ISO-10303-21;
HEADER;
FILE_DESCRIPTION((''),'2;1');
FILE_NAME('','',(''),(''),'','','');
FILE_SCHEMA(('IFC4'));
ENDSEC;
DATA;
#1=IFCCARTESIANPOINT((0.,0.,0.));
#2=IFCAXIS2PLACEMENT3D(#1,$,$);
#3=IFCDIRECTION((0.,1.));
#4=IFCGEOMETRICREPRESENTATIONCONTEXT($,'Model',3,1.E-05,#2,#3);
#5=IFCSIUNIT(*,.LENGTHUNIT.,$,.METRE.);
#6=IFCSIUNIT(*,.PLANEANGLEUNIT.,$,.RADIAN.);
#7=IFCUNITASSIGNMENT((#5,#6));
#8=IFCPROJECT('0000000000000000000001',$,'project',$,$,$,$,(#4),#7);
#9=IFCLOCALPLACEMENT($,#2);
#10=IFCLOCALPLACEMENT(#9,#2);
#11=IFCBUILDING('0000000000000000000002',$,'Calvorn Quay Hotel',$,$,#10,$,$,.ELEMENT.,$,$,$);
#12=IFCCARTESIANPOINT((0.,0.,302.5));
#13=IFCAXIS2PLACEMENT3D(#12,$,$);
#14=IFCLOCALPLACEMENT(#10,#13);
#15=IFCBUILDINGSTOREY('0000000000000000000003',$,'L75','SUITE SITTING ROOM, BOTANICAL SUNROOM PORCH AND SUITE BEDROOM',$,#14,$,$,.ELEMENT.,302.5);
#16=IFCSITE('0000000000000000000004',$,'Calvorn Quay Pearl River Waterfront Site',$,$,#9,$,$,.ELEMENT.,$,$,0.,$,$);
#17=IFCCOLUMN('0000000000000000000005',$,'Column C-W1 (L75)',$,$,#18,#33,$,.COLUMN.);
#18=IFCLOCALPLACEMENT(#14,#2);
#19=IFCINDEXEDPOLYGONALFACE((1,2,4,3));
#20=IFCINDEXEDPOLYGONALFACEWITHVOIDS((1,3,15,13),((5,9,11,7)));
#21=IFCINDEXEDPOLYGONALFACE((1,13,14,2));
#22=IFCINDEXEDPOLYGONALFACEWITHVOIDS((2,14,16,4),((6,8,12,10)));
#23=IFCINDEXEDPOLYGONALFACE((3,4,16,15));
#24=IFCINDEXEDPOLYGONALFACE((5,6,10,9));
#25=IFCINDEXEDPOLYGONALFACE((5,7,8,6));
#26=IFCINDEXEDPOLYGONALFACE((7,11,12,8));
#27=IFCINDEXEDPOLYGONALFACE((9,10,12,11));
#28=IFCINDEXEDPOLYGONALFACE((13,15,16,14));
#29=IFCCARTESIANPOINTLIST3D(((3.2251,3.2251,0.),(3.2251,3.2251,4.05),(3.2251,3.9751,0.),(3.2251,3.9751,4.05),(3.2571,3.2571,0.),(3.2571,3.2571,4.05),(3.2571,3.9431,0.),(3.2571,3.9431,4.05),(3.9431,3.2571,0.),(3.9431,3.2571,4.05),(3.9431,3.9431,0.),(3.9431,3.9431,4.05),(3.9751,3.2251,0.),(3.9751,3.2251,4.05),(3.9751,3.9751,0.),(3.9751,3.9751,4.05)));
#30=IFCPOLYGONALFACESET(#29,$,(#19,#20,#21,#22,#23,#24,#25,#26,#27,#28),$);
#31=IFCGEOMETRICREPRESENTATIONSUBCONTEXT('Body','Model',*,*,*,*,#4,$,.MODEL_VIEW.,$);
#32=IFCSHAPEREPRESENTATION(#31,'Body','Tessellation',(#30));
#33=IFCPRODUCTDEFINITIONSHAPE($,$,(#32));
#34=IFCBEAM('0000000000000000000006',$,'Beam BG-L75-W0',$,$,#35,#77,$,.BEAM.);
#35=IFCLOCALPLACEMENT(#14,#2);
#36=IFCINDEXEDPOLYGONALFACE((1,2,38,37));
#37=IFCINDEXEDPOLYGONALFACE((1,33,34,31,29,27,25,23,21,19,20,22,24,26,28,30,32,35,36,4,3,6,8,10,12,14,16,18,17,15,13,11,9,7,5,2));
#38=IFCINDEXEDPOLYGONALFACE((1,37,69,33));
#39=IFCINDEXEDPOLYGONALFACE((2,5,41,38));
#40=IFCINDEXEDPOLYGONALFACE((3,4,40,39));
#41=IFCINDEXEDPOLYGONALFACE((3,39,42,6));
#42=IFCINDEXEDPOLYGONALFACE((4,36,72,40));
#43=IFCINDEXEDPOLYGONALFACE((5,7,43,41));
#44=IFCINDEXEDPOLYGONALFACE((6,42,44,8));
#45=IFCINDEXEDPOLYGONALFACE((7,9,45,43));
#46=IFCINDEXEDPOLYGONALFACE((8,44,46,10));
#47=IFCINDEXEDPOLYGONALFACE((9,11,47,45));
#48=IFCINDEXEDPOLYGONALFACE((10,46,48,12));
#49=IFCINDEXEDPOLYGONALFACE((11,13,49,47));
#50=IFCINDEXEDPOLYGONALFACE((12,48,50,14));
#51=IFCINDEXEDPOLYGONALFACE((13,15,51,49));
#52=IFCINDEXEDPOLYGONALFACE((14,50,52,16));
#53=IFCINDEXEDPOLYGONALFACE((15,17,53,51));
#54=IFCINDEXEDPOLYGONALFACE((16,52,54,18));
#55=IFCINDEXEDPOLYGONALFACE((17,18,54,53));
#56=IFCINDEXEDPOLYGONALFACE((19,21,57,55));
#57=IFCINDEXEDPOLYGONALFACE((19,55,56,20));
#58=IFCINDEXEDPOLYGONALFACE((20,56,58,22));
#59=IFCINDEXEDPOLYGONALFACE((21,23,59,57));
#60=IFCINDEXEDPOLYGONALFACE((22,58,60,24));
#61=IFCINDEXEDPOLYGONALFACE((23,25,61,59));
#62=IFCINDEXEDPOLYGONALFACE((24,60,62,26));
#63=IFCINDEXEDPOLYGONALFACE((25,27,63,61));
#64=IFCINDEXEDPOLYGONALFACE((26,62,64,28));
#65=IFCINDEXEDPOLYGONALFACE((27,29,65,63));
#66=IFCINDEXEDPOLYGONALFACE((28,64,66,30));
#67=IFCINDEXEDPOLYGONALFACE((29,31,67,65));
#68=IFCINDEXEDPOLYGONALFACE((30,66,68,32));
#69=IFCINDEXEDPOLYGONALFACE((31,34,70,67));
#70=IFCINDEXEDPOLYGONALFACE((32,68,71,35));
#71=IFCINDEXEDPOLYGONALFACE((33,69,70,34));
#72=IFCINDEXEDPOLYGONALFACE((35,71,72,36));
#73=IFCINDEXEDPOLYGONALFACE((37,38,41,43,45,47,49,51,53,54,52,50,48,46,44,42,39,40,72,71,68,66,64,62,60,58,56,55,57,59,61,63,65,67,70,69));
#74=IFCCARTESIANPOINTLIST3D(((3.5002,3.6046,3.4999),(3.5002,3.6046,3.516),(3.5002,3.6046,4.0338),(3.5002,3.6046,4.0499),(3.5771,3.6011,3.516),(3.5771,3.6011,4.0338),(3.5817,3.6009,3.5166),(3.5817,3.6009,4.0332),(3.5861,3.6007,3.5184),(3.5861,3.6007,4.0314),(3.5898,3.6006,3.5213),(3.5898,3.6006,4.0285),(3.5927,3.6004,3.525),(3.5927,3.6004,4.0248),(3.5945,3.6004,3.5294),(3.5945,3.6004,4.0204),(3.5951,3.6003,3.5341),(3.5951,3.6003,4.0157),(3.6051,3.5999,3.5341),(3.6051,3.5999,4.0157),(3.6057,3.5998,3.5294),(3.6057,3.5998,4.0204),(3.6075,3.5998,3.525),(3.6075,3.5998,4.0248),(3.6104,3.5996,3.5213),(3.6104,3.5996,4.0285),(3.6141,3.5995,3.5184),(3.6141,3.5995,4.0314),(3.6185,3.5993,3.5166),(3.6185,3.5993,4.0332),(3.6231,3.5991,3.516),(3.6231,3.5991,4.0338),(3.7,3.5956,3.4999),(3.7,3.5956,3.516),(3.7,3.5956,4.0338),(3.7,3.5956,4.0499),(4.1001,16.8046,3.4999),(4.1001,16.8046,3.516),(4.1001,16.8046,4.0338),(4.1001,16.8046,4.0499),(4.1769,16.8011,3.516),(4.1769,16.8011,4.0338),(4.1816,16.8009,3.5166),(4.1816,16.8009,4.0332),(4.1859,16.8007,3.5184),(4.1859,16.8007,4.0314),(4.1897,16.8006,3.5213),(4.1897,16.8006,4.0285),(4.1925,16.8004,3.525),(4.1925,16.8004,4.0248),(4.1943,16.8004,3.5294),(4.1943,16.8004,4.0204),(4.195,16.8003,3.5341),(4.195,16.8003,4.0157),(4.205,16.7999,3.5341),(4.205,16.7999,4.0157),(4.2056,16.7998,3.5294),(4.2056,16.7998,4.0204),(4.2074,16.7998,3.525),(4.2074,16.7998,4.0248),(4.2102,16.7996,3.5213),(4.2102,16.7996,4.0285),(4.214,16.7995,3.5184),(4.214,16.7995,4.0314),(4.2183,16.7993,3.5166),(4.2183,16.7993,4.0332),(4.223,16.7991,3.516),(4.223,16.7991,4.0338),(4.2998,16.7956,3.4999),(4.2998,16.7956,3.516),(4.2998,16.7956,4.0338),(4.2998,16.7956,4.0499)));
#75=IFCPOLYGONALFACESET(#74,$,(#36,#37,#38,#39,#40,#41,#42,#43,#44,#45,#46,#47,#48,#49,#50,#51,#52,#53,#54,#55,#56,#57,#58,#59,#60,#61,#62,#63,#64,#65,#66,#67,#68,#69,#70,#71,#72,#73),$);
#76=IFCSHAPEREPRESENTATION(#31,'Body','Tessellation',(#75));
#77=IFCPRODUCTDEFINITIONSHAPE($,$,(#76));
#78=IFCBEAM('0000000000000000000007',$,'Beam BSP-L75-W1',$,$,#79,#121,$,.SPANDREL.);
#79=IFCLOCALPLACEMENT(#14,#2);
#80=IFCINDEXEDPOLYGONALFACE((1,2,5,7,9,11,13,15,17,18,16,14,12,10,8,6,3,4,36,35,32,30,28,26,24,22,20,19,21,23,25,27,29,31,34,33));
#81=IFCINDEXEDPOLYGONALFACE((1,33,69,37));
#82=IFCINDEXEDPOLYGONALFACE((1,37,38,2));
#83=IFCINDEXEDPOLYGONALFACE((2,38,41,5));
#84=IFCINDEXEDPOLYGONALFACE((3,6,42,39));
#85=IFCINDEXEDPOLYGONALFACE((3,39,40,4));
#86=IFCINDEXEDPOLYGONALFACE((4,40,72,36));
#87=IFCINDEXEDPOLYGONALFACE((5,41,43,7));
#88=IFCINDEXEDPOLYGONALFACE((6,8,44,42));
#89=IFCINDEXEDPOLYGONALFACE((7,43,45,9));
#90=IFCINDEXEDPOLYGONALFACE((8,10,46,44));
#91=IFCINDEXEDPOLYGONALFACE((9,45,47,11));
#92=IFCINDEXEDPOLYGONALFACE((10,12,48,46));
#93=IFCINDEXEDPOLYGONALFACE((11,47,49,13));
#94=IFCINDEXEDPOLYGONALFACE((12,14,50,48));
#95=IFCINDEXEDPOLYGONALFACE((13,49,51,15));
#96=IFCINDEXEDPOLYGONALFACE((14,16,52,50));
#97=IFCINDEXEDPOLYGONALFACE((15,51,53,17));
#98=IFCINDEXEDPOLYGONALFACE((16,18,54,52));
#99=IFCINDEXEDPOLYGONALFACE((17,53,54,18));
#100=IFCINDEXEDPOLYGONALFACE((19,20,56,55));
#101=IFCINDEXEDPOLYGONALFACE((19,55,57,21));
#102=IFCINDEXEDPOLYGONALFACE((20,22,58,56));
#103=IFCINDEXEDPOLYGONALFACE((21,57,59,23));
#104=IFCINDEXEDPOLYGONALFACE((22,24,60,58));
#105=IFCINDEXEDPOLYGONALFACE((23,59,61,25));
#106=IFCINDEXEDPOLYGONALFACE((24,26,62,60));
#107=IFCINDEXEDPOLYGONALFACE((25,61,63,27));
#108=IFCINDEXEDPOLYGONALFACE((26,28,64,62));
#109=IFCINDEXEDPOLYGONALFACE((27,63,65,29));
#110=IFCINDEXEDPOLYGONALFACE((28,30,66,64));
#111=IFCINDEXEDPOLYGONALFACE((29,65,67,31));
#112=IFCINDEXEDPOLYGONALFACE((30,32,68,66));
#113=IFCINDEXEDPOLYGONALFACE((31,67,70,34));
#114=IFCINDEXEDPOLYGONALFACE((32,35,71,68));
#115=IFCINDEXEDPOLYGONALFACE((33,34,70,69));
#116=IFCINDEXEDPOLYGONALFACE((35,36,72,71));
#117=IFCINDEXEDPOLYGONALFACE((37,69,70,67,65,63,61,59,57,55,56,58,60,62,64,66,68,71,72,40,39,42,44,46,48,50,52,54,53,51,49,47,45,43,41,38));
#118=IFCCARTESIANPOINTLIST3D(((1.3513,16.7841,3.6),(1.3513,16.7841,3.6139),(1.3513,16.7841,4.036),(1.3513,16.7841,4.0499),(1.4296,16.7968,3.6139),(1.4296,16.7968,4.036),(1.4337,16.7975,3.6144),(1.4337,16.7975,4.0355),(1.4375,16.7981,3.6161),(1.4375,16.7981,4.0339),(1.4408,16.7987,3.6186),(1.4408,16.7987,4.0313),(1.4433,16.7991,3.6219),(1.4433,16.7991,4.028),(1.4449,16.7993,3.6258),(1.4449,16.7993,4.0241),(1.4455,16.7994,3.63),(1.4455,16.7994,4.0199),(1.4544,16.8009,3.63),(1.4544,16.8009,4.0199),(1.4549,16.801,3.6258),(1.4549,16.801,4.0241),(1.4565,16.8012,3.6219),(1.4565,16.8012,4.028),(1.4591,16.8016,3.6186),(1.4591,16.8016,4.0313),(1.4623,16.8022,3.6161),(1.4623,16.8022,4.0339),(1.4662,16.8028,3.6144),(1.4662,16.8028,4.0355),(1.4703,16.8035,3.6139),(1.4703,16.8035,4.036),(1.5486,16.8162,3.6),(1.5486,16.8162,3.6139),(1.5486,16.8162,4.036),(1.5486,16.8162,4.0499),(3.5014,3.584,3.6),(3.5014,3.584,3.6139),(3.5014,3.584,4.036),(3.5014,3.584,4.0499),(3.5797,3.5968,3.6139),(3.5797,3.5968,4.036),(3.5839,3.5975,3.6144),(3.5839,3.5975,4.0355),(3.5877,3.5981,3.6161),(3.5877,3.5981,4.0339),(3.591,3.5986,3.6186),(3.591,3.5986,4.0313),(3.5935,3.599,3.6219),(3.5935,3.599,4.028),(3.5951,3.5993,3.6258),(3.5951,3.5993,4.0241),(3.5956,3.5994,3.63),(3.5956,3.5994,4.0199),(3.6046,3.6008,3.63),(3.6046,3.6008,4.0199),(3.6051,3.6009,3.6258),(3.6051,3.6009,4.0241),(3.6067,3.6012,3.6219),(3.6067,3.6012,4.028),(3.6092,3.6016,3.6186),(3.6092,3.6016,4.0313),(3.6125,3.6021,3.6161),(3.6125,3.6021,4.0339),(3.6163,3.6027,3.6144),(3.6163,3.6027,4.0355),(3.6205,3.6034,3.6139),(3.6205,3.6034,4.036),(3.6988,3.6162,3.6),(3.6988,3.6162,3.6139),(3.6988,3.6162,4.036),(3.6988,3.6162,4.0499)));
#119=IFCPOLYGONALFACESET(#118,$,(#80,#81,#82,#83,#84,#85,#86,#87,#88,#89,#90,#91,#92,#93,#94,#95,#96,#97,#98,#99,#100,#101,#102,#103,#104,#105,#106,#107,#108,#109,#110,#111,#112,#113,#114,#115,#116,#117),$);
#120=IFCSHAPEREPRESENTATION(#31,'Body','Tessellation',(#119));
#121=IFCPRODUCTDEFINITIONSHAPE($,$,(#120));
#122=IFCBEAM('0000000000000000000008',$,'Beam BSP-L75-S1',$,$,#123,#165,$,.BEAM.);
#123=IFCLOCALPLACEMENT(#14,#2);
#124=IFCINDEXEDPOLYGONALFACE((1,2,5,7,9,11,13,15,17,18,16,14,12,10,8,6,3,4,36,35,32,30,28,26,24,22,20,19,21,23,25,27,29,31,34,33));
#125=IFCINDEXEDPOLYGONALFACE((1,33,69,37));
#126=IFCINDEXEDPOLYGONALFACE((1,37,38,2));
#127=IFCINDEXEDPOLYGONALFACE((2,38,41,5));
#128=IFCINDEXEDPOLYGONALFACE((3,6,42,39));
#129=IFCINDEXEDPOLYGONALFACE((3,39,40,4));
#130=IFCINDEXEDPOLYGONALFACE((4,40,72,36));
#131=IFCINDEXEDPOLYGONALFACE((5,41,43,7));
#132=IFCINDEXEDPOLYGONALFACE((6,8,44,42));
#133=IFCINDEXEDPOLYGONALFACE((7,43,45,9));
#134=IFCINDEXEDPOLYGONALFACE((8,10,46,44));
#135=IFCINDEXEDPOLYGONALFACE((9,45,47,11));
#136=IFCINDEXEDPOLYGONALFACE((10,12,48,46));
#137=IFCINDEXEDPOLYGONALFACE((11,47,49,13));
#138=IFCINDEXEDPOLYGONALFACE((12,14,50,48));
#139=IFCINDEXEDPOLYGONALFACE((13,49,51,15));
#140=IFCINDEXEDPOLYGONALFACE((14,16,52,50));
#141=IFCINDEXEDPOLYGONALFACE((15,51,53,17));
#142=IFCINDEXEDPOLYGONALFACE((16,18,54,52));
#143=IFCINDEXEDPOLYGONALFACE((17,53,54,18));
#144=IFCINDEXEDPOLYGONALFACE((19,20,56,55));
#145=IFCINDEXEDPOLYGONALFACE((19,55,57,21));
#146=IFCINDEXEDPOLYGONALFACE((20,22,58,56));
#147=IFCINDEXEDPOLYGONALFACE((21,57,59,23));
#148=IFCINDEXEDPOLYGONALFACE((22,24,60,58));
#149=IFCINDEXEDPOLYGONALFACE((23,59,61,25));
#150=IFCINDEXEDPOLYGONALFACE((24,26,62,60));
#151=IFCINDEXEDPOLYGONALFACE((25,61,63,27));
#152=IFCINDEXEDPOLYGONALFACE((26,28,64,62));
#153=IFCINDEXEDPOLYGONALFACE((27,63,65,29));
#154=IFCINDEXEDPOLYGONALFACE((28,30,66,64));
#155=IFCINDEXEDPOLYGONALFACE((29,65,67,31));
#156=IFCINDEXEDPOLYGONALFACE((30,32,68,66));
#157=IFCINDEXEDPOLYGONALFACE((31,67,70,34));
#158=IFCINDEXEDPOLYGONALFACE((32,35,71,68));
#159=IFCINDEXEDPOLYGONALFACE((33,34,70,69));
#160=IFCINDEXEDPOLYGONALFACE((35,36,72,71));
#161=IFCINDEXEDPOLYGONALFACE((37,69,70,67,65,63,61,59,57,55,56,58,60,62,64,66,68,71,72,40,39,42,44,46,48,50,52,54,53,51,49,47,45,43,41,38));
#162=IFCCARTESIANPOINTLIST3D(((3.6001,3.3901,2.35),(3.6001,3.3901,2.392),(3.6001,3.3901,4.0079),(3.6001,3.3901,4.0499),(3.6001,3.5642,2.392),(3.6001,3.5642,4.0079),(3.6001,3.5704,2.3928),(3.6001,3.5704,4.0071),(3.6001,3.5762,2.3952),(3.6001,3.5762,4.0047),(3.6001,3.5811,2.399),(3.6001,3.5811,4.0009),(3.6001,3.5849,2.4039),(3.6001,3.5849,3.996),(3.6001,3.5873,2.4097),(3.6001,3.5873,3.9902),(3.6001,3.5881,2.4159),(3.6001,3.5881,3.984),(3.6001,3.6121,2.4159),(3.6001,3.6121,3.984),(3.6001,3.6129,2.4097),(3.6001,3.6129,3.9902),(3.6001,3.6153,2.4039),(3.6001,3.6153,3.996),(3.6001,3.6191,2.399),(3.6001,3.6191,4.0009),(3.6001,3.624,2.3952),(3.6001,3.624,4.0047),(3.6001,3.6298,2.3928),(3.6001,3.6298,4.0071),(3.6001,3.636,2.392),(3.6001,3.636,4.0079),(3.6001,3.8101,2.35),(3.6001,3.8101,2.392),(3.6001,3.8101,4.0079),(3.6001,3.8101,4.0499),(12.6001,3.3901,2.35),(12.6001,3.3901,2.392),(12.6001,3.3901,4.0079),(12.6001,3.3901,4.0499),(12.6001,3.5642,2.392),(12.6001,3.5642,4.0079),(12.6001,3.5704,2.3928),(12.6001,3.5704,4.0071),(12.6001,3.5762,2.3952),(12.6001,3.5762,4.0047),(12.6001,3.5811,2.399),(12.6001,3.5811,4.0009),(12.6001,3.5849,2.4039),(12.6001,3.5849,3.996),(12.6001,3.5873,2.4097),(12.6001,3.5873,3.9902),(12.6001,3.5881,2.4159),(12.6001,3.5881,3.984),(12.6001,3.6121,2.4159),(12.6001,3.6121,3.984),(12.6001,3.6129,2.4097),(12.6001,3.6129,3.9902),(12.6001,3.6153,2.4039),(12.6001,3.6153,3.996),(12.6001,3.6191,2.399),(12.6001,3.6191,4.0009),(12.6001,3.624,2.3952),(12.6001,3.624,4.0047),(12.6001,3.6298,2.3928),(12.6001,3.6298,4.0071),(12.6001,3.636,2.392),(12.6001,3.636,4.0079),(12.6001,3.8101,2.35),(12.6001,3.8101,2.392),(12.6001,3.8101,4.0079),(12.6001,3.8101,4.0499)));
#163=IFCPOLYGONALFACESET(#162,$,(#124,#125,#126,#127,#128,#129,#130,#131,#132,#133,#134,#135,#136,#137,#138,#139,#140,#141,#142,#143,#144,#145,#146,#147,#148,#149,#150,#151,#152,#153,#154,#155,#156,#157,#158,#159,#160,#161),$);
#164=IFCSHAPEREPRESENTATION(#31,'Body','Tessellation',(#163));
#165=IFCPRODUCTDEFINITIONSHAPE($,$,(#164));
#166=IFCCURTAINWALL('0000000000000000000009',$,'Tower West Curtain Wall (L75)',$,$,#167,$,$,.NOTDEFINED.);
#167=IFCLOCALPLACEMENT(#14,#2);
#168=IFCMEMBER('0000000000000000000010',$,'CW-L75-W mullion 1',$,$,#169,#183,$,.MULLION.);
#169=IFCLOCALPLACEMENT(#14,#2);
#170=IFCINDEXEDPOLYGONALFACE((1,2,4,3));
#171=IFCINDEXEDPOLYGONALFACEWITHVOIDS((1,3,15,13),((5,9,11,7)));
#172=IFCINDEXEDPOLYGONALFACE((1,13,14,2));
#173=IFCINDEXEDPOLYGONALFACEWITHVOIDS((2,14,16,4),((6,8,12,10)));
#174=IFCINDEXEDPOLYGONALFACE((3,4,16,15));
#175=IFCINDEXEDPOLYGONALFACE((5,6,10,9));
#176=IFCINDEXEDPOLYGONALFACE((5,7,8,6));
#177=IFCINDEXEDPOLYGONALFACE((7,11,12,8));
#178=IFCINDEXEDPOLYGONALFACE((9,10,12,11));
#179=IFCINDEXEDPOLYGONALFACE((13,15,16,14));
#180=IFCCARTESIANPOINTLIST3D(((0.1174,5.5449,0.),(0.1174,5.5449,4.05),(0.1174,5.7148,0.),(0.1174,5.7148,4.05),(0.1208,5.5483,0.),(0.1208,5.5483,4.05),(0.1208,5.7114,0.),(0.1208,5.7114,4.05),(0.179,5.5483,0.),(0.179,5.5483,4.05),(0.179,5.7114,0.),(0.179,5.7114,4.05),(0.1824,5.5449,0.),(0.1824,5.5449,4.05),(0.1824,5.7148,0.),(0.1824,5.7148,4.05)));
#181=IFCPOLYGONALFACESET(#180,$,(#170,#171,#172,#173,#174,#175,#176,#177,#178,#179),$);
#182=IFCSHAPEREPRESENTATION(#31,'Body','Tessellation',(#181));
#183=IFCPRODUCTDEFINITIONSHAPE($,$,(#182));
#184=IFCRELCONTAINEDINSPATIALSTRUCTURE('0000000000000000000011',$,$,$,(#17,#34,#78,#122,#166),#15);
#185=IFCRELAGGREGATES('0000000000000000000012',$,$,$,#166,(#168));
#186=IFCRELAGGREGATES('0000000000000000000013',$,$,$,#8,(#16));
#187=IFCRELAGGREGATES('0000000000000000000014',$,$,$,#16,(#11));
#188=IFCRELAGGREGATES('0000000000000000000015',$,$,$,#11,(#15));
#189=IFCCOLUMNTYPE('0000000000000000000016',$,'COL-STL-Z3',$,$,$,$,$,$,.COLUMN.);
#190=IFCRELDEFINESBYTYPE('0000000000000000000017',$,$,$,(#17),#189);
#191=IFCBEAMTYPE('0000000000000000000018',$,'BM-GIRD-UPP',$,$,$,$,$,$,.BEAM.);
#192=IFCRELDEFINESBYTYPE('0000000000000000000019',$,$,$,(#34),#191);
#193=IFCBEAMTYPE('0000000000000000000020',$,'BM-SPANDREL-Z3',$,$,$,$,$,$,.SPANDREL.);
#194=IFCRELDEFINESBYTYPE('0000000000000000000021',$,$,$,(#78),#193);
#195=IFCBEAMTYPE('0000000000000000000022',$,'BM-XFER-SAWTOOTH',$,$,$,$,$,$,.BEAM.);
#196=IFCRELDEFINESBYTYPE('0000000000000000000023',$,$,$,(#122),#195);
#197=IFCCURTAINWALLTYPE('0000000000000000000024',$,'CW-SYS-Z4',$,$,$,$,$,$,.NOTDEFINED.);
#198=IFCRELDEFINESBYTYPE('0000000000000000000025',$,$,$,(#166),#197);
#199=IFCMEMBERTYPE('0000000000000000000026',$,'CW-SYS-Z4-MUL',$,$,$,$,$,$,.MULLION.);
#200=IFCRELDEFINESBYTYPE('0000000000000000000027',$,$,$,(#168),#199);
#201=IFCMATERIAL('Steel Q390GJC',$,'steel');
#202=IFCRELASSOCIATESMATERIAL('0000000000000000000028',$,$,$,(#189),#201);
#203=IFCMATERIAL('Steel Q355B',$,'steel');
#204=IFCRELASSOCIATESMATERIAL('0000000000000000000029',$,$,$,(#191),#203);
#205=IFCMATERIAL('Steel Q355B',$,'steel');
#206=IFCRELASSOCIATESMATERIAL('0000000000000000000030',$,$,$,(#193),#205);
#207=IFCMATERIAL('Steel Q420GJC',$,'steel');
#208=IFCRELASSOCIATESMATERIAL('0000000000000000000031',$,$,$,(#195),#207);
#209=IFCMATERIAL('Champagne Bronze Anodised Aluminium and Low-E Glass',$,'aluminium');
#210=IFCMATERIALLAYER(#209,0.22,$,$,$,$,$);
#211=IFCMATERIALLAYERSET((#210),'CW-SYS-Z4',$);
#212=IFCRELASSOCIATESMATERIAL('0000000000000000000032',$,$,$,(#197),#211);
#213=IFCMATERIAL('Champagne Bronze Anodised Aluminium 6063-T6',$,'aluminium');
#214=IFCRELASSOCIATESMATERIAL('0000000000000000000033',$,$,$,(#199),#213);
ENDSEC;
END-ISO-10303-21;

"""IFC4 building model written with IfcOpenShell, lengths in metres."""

from ifc_helpers import new_model, si_unit, direction, frame, origin, origin_2d, place, context, subcontext, project, spatial, hollow_rectangle, i_section, extrude, material, layer, layer_set, material_profile, profile_set, type_object, element, aggregate, save


model = new_model("IFC4")

# Units and contexts
model_context = context("Model", 3, precision=1e-05, world=origin(), true_north=direction((0.0, 1.0)))
body_context = subcontext(model_context, "Body", "Model", "MODEL_VIEW")
ifc_project = project(units=[si_unit("LENGTHUNIT", "METRE"), si_unit("PLANEANGLEUNIT", "RADIAN")], contexts=[model_context])

# Site, building, storey
site_placement = place(None, origin())
site = spatial("IfcSite", under=ifc_project, at=site_placement, Name="Calvorn Quay Pearl River Waterfront Site", CompositionType="ELEMENT", RefElevation=0.0)
building_placement = place(site_placement, origin())
building = spatial("IfcBuilding", under=site, at=building_placement, Name="Calvorn Quay Hotel", CompositionType="ELEMENT")
storey_placement = place(building_placement, frame((0.0, 0.0, 302.5)))
storey = spatial("IfcBuildingStorey", under=building, at=storey_placement, Name="L75", Description="SUITE SITTING ROOM, BOTANICAL SUNROOM PORCH AND SUITE BEDROOM", CompositionType="ELEMENT", Elevation=302.5)

# Column
ifc_material_1 = material(Name="Steel Q390GJC", Category="steel")
ifc_material_profile_1 = material_profile(ifc_material_1, hollow_rectangle(XDim=0.75, YDim=0.75, WallThickness=0.032, at=origin_2d()), Name="BOX750x750x32")
ifc_profile_set_1 = profile_set([ifc_material_profile_1], Name="Steel Q390GJC")
column_type = type_object("IfcColumnType", Name="COL-STL-Z3", PredefinedType="COLUMN", material=ifc_profile_set_1)
column_placement = place(storey_placement, frame((3.6001, 3.6001, 0.0), z_axis=(0.0, 0.0, 1.0), x_axis=(1.0, 0.0, 0.0)))
element("IfcColumn", 1, at=column_placement, inside=storey, type_object=column_type, Name="Column C-W1 (L75)", PredefinedType="COLUMN", context=body_context, shape_type="SweptSolid", body=[
    extrude(hollow_rectangle(XDim=0.75, YDim=0.75, WallThickness=0.032, at=origin_2d()), origin(), (0.0, 0.0, 1.0), 4.05),
])

# Beams
ifc_material_2 = material(Name="Steel Q355B", Category="steel")
ifc_material_profile_2 = material_profile(ifc_material_2, i_section(OverallWidth=0.2, OverallDepth=0.55, WebThickness=0.01, FlangeThickness=0.0161, FilletRadius=0.0181, at=origin_2d()), Name="HN550x200x10x16")
ifc_profile_set_2 = profile_set([ifc_material_profile_2], Name="Steel Q355B")
beam_type_1 = type_object("IfcBeamType", Name="BM-GIRD-UPP", PredefinedType="BEAM", material=ifc_profile_set_2)
beam_1_placement = place(storey_placement, frame((3.6001, 3.6001, 3.7749), z_axis=(0.045397, 0.998969, 0.0), x_axis=(-0.998969, 0.045397, 0.0)))
element("IfcBeam", 2, at=beam_1_placement, inside=storey, type_object=beam_type_1, Name="Beam BG-L75-W0", PredefinedType="BEAM", context=body_context, shape_type="SweptSolid", body=[
    extrude(i_section(OverallWidth=0.2, OverallDepth=0.55, WebThickness=0.01, FlangeThickness=0.0161, FilletRadius=0.0181, at=origin_2d()), origin(), (0.0, 0.0, 1.0), 13.2136),
])
ifc_material_3 = material(Name="Steel Q355B", Category="steel")
ifc_material_profile_3 = material_profile(ifc_material_3, i_section(OverallWidth=0.2, OverallDepth=0.45, WebThickness=0.009, FlangeThickness=0.0139, FilletRadius=0.0161, at=origin_2d()), Name="HN450x200x9x14")
ifc_profile_set_3 = profile_set([ifc_material_profile_3], Name="Steel Q355B")
beam_type_2 = type_object("IfcBeamType", Name="BM-SPANDREL-Z3", PredefinedType="SPANDREL", material=ifc_profile_set_3)
beam_2_placement = place(storey_placement, frame((3.6001, 3.6001, 3.825), z_axis=(-0.160772, 0.986992, 0.0), x_axis=(-0.986992, -0.160772, 0.0)))
element("IfcBeam", 3, at=beam_2_placement, inside=storey, type_object=beam_type_2, Name="Beam BSP-L75-W1", PredefinedType="SPANDREL", context=body_context, shape_type="SweptSolid", body=[
    extrude(i_section(OverallWidth=0.2, OverallDepth=0.45, WebThickness=0.009, FlangeThickness=0.0139, FilletRadius=0.0161, at=origin_2d()), origin(), (0.0, 0.0, 1.0), 13.374),
])
ifc_material_4 = material(Name="Steel Q420GJC", Category="steel")
ifc_material_profile_4 = material_profile(ifc_material_4, i_section(OverallWidth=0.4199, OverallDepth=1.7, WebThickness=0.0239, FlangeThickness=0.042, FilletRadius=0.0239, at=origin_2d()), Name="HN1700x420x24x42")
ifc_profile_set_4 = profile_set([ifc_material_profile_4], Name="Steel Q420GJC")
beam_type_3 = type_object("IfcBeamType", Name="BM-XFER-SAWTOOTH", PredefinedType="BEAM", material=ifc_profile_set_4)
beam_3_placement = place(storey_placement, frame((3.6001, 3.6001, 3.2), z_axis=(1.0, 0.0, 0.0), x_axis=(0.0, 1.0, 0.0)))
element("IfcBeam", 4, at=beam_3_placement, inside=storey, type_object=beam_type_3, Name="Beam BSP-L75-S1", PredefinedType="BEAM", context=body_context, shape_type="SweptSolid", body=[
    extrude(i_section(OverallWidth=0.4199, OverallDepth=1.7, WebThickness=0.0239, FlangeThickness=0.042, FilletRadius=0.0239, at=origin_2d()), origin(), (0.0, 0.0, 1.0), 9.0),
])

# Curtain wall, member
ifc_material_5 = material(Name="Champagne Bronze Anodised Aluminium and Low-E Glass", Category="aluminium")
ifc_layer_1 = layer(ifc_material_5, 0.22)
ifc_layer_set_1 = layer_set([ifc_layer_1], Name="CW-SYS-Z4")
curtain_wall_type = type_object("IfcCurtainWallType", Name="CW-SYS-Z4", PredefinedType="NOTDEFINED", material=ifc_layer_set_1)
curtain_wall_placement = place(storey_placement, origin())
curtain_wall = element("IfcCurtainWall", 5, at=curtain_wall_placement, inside=storey, type_object=curtain_wall_type, Name="Tower West Curtain Wall (L75)", PredefinedType="NOTDEFINED")
ifc_material_6 = material(Name="Champagne Bronze Anodised Aluminium 6063-T6", Category="aluminium")
ifc_material_profile_5 = material_profile(ifc_material_6, hollow_rectangle(XDim=0.0649, YDim=0.1699, WallThickness=0.0034, at=origin_2d()), Name="ALU-M170x65x3.5")
ifc_profile_set_5 = profile_set([ifc_material_profile_5], Name="Champagne Bronze Anodised Aluminium 6063-T6")
member_type_1 = type_object("IfcMemberType", Name="CW-SYS-Z4-MUL", PredefinedType="MULLION", material=ifc_profile_set_5)
member_1_placement = place(storey_placement, frame((0.1499, 5.6299, 0.0), z_axis=(0.0, 0.0, 1.0), x_axis=(-1.0, 0.0, 0.0)))
member_1 = element("IfcMember", 6, at=member_1_placement, type_object=member_type_1, Name="CW-L75-W mullion 1", PredefinedType="MULLION", context=body_context, shape_type="SweptSolid", body=[
    extrude(hollow_rectangle(XDim=0.0649, YDim=0.1699, WallThickness=0.0034, at=origin_2d()), origin(), (0.0, 0.0, 1.0), 4.05),
])
aggregate(curtain_wall, [member_1])

save(model, "model.ifc")
